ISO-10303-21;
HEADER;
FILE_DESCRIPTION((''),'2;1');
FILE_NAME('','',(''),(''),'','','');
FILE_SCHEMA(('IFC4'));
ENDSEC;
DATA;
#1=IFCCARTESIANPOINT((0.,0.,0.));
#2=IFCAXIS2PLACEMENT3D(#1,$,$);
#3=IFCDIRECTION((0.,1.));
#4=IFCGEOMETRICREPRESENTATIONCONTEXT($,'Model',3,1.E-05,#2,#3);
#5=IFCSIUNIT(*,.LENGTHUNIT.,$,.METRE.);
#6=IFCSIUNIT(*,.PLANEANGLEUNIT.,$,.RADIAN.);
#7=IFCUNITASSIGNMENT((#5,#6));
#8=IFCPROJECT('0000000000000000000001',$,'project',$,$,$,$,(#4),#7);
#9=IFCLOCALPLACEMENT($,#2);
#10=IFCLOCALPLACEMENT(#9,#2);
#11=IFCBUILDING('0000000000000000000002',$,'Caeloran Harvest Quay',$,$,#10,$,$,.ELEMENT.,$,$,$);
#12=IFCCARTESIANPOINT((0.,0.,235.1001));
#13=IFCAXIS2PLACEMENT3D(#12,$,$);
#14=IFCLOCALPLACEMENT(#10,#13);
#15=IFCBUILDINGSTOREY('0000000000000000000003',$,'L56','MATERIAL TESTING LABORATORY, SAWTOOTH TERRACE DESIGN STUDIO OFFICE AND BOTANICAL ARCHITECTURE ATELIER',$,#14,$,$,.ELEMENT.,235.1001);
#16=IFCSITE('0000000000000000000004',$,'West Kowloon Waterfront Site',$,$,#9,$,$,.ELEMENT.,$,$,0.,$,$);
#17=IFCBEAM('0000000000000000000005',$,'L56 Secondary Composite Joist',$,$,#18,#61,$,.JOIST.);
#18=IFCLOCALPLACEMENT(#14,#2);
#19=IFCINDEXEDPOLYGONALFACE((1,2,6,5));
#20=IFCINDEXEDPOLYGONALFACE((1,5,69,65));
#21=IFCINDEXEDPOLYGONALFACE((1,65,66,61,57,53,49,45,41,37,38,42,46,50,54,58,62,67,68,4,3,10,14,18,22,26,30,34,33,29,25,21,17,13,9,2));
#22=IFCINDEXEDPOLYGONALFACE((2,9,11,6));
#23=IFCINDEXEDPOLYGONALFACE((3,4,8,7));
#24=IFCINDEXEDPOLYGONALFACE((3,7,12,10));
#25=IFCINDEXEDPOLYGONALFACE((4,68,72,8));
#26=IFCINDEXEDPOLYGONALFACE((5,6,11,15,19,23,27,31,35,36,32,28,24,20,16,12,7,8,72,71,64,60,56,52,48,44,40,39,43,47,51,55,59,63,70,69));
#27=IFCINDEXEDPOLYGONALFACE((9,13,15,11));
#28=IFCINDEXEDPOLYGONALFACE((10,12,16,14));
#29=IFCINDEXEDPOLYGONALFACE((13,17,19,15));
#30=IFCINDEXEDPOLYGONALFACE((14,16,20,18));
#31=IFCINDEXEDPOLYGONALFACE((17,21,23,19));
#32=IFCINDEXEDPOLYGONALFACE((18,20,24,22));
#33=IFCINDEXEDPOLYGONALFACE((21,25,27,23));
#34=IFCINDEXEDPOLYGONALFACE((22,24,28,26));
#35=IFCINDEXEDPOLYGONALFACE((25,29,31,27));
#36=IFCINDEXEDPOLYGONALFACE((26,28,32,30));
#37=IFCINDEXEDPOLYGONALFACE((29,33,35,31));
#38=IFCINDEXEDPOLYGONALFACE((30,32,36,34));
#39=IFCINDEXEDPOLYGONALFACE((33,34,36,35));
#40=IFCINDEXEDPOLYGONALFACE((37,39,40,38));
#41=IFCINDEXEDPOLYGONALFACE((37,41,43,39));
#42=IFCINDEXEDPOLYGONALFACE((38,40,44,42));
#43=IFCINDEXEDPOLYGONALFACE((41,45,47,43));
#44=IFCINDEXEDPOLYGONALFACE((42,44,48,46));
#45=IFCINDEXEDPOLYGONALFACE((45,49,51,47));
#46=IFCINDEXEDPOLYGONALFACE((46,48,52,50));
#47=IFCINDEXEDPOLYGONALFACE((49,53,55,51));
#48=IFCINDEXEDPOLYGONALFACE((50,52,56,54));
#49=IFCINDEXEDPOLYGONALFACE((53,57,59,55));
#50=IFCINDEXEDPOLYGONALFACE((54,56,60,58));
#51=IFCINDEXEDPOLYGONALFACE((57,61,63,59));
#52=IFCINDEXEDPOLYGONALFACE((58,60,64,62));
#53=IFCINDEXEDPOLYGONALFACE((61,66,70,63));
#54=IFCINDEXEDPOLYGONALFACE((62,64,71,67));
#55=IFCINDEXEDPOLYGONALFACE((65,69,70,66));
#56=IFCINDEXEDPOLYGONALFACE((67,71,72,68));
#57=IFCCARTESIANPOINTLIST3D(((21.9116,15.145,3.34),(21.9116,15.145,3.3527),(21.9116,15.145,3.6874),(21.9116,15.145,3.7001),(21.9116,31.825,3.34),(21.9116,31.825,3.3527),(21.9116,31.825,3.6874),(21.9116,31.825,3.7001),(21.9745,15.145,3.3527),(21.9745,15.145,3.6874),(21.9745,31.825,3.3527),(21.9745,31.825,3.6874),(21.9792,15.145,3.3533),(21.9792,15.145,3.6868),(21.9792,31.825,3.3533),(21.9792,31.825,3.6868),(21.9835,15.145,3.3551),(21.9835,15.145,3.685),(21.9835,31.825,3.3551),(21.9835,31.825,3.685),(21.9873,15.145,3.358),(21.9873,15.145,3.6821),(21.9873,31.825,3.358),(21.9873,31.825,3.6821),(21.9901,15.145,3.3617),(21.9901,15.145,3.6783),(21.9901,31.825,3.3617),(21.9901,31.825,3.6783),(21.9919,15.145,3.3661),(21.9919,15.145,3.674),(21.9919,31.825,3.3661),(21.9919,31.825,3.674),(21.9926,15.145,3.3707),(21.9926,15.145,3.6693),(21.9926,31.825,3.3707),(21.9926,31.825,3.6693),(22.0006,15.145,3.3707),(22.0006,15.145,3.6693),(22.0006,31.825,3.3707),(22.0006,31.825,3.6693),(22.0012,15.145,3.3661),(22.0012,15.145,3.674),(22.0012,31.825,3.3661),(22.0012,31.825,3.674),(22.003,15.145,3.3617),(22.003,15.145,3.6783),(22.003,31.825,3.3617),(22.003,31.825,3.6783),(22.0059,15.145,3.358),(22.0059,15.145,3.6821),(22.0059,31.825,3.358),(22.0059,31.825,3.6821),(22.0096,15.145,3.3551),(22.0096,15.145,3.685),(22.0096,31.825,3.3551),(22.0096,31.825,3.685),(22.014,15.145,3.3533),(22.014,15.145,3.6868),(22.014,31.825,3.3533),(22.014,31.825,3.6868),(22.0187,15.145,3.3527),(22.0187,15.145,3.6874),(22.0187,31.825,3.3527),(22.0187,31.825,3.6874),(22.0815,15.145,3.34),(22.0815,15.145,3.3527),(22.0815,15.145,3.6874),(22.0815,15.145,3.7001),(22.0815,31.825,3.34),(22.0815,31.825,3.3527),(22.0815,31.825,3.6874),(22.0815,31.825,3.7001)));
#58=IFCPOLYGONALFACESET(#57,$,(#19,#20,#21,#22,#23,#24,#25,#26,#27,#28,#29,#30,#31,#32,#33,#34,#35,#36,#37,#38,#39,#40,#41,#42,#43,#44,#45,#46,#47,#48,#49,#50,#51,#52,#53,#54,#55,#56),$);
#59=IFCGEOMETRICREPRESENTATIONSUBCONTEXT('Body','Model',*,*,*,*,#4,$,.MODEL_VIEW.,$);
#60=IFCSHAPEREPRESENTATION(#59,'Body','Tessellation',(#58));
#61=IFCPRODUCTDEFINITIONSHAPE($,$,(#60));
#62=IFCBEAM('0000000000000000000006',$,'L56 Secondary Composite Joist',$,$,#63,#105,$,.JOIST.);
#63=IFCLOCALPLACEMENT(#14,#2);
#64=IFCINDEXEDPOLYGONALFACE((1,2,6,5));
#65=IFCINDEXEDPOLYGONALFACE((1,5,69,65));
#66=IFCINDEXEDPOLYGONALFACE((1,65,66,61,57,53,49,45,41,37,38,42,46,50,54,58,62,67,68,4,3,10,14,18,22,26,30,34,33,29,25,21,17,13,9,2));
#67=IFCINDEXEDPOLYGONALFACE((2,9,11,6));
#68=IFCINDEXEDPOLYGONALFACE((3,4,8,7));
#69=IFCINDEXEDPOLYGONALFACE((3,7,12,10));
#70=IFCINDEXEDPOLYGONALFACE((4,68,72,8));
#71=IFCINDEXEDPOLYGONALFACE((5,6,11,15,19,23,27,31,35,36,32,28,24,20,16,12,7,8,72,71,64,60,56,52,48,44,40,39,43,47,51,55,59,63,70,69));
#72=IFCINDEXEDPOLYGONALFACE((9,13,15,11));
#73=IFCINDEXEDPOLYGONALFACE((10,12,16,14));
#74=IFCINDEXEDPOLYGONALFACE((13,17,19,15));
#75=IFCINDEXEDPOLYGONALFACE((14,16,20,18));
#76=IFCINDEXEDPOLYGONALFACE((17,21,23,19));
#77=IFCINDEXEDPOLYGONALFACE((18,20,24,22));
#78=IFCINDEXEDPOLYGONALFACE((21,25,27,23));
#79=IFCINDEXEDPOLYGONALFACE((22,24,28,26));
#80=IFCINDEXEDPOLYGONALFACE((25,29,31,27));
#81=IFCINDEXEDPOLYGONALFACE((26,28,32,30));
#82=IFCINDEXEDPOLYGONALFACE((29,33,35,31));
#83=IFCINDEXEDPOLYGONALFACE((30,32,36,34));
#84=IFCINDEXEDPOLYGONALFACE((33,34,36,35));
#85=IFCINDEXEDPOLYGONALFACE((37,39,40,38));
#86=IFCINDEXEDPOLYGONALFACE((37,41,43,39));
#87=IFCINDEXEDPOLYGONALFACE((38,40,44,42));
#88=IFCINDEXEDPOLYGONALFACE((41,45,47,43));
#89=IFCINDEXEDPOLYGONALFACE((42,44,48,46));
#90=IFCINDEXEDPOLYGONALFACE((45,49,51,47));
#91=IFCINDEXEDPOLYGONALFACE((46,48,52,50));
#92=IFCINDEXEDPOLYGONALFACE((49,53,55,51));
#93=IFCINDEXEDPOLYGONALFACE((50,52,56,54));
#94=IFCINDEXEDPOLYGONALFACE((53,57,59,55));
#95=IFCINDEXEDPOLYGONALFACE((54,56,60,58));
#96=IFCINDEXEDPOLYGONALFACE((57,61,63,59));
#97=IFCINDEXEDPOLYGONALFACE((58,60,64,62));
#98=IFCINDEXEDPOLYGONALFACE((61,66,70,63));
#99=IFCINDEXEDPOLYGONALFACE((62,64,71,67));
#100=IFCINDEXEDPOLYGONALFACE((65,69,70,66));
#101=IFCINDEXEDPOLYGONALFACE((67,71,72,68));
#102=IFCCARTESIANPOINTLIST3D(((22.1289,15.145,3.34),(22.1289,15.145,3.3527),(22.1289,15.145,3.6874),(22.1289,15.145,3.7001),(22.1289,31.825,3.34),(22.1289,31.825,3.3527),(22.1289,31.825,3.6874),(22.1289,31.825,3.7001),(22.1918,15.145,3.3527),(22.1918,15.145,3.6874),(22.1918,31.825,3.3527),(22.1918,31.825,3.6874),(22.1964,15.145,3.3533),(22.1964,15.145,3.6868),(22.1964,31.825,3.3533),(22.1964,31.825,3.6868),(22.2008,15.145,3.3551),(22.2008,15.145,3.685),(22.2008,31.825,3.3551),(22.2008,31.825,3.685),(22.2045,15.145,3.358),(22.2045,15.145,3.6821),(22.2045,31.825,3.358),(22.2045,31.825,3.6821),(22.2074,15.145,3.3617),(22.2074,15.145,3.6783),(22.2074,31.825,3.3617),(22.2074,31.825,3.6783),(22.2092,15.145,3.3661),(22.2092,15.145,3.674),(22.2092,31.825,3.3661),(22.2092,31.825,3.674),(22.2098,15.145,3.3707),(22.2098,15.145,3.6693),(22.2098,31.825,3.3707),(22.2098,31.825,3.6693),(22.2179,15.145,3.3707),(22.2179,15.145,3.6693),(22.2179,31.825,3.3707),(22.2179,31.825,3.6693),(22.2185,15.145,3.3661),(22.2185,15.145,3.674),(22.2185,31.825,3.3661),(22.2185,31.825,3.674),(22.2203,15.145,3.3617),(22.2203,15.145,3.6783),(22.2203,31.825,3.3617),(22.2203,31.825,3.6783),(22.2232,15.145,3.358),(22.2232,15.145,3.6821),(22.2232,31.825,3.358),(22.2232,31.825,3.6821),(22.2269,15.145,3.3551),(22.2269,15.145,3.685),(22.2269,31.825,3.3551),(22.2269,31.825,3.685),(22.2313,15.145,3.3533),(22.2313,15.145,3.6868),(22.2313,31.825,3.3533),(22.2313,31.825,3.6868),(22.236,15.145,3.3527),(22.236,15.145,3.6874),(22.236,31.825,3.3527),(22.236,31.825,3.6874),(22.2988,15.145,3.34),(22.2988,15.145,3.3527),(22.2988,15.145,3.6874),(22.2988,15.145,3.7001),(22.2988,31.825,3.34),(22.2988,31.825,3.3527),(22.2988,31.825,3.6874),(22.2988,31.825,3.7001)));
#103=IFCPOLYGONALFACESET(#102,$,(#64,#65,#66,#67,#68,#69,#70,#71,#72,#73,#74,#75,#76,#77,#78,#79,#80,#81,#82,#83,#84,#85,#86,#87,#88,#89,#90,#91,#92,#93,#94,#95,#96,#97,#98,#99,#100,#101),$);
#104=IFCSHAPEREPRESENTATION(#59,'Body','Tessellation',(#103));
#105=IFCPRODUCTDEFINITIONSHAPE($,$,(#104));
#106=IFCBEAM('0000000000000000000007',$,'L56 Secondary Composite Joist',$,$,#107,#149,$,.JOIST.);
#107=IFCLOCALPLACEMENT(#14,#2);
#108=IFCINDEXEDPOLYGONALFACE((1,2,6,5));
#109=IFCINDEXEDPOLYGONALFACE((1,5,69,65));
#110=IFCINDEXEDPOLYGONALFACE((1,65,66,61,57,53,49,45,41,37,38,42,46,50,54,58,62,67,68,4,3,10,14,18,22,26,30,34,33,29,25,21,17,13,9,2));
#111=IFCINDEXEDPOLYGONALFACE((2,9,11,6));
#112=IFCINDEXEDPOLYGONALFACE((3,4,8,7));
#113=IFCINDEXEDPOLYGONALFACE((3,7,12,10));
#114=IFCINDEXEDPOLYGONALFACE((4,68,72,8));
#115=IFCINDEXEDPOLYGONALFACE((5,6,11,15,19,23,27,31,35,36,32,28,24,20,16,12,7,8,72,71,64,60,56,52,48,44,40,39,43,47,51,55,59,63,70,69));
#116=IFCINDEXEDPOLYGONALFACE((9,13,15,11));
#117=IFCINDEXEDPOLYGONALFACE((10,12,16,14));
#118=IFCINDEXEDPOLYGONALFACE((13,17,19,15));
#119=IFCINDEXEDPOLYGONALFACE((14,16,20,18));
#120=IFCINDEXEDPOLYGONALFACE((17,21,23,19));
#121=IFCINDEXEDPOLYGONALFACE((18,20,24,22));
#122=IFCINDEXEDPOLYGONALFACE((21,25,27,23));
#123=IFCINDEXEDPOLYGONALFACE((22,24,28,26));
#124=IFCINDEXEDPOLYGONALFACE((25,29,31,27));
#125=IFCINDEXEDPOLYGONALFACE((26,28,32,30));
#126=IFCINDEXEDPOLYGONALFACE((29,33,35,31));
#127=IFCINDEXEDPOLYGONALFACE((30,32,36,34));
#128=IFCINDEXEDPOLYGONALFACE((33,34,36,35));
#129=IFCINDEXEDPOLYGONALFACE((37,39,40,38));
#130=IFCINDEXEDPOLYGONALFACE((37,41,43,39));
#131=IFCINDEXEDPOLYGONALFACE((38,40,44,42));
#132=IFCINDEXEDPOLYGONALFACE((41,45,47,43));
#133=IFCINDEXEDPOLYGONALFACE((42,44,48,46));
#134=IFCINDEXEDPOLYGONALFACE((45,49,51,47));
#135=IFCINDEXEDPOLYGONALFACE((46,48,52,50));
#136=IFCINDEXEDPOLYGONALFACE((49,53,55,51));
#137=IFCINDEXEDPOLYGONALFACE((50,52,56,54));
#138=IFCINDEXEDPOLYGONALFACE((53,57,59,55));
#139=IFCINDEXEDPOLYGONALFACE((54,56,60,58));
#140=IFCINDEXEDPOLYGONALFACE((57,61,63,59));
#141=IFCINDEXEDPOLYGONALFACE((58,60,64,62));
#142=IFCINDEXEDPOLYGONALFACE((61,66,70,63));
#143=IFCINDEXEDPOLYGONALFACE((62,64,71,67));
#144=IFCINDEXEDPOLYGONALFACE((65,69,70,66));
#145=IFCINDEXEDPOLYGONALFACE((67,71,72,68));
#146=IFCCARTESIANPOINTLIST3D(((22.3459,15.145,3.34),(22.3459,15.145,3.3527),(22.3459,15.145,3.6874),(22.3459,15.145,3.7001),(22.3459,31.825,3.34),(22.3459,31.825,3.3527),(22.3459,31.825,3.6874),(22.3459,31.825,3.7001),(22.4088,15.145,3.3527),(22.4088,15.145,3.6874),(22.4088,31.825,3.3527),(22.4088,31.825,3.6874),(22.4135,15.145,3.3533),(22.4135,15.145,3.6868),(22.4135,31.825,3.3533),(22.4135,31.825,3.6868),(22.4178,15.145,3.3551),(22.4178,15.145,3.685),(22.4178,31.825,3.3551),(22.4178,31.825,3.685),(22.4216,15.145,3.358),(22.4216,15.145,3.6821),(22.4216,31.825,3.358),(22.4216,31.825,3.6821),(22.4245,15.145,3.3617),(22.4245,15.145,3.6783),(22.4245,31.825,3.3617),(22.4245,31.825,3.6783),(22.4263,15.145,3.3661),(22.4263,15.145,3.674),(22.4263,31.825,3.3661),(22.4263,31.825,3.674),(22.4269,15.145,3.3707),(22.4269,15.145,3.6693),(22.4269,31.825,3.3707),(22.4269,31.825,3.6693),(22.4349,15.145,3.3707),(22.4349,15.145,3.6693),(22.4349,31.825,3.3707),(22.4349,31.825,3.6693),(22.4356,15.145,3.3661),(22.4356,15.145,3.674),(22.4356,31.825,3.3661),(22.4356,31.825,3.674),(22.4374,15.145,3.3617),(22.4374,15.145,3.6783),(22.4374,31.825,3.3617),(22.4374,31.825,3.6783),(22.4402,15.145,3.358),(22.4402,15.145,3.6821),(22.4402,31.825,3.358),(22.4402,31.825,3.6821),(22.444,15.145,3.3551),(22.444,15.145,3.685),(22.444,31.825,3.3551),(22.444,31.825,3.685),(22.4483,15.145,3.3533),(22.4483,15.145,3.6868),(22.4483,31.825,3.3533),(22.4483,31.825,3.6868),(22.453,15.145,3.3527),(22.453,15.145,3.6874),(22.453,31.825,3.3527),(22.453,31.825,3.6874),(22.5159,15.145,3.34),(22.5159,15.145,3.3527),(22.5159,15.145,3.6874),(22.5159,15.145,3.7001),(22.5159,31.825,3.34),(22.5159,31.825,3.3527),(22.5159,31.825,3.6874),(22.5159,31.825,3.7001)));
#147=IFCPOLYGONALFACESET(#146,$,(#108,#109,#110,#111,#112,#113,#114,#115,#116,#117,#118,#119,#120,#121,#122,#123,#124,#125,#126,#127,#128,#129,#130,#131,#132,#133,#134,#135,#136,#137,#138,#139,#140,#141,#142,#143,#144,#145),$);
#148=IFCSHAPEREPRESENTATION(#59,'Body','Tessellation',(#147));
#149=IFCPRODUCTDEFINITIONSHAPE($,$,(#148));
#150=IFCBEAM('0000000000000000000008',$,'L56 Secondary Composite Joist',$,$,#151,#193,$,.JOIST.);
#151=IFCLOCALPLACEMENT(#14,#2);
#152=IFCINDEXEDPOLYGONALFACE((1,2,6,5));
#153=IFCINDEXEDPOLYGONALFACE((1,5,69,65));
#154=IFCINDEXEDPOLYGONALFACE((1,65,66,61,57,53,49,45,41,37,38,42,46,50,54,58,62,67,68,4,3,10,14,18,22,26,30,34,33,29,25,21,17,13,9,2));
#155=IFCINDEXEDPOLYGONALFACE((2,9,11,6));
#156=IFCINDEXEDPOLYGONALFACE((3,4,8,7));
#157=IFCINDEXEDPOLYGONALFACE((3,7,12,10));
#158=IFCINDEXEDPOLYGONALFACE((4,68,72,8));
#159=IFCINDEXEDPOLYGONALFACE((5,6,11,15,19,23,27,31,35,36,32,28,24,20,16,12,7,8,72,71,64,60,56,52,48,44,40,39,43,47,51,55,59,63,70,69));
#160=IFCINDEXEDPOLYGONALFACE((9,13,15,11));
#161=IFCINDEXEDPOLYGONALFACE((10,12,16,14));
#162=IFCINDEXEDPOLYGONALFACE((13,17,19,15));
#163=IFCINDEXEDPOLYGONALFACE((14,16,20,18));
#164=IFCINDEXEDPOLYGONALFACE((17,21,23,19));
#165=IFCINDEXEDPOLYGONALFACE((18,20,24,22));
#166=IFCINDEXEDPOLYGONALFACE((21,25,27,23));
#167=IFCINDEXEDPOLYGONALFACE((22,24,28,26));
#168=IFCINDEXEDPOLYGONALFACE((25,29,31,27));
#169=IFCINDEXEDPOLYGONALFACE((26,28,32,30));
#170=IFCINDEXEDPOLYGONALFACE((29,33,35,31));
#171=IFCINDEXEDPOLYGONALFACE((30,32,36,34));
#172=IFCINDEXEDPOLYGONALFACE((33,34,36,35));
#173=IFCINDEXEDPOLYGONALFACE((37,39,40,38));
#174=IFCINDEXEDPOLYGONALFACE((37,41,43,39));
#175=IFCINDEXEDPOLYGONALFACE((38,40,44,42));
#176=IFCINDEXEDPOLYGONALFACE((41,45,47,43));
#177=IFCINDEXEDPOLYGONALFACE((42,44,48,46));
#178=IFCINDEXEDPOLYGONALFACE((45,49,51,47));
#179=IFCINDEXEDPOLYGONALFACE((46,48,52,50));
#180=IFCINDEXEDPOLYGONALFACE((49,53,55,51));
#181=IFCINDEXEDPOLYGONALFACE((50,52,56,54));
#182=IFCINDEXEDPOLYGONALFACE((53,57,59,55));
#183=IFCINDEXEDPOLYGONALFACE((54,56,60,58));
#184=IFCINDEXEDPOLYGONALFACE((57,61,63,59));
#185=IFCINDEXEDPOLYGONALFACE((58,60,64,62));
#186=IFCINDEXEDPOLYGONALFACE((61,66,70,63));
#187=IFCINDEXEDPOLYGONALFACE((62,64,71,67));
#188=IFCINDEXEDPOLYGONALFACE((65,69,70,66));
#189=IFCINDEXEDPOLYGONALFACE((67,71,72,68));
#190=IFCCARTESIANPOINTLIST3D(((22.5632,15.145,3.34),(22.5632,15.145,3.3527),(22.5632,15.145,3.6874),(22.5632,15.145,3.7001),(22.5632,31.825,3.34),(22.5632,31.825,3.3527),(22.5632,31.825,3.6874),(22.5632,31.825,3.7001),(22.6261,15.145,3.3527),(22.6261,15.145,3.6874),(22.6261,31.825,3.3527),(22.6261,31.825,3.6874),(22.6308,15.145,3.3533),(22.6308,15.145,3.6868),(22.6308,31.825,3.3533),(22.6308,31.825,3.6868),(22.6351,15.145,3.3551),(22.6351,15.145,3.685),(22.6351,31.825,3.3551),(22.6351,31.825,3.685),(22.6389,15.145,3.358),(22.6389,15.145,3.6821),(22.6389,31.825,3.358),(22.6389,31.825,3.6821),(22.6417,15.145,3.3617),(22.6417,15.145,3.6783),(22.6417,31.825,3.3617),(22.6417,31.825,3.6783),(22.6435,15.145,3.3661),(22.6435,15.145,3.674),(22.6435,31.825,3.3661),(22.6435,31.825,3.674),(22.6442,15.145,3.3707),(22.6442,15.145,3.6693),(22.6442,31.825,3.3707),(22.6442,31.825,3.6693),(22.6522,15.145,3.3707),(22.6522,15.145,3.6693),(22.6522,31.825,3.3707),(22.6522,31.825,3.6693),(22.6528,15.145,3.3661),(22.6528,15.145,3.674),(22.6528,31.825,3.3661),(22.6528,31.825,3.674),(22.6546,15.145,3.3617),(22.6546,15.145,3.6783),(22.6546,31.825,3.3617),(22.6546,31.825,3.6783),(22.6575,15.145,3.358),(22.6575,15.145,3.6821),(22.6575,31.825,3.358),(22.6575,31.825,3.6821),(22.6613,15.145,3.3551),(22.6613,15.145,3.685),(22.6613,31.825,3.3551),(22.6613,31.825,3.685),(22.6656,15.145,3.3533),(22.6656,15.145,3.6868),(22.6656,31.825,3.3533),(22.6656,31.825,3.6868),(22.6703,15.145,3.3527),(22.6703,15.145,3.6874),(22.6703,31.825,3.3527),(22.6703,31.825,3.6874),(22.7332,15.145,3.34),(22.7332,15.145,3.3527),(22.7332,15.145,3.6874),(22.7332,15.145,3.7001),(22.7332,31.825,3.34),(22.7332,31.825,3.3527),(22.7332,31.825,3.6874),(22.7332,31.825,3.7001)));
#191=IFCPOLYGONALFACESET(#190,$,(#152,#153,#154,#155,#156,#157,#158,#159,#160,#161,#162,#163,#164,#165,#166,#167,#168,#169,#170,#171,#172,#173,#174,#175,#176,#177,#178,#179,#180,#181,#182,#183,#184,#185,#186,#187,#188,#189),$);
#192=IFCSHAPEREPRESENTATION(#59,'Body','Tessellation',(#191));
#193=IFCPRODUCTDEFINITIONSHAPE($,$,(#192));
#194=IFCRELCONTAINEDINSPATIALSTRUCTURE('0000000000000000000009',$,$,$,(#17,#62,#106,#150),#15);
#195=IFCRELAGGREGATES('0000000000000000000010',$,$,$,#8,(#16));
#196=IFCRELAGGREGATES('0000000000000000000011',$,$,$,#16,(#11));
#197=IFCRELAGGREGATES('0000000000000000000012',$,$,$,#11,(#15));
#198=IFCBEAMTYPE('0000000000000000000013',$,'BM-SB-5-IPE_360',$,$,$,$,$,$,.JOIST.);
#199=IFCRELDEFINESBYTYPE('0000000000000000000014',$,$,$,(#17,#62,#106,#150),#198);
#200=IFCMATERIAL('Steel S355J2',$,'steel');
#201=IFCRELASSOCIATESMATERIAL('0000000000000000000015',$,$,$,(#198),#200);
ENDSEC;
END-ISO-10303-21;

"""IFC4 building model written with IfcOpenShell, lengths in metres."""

from ifc_helpers import new_model, si_unit, direction, frame, origin, origin_2d, place, context, subcontext, project, spatial, i_section, extrude, material, material_profile, profile_set, type_object, element, save


model = new_model("IFC4")

# Units and contexts
model_context = context("Model", 3, precision=1e-05, world=origin(), true_north=direction((0.0, 1.0)))
body_context = subcontext(model_context, "Body", "Model", "MODEL_VIEW")
ifc_project = project(units=[si_unit("LENGTHUNIT", "METRE"), si_unit("PLANEANGLEUNIT", "RADIAN")], contexts=[model_context])

# Site, building, storey
site_placement = place(None, origin())
site = spatial("IfcSite", under=ifc_project, at=site_placement, Name="West Kowloon Waterfront Site", CompositionType="ELEMENT", RefElevation=0.0)
building_placement = place(site_placement, origin())
building = spatial("IfcBuilding", under=site, at=building_placement, Name="Caeloran Harvest Quay", CompositionType="ELEMENT")
storey_placement = place(building_placement, frame((0.0, 0.0, 235.1001)))
storey = spatial("IfcBuildingStorey", under=building, at=storey_placement, Name="L56", Description="MATERIAL TESTING LABORATORY, SAWTOOTH TERRACE DESIGN STUDIO OFFICE AND BOTANICAL ARCHITECTURE ATELIER", CompositionType="ELEMENT", Elevation=235.1001)

# Beams
ifc_material_1 = material(Name="Steel S355J2", Category="steel")
ifc_material_profile_1 = material_profile(ifc_material_1, i_section(OverallWidth=0.1699, OverallDepth=0.3601, WebThickness=0.0081, FlangeThickness=0.0127, FilletRadius=0.0181, at=origin_2d()), Name="IPE 360")
ifc_profile_set_1 = profile_set([ifc_material_profile_1], Name="Steel S355J2")
beam_type_1 = type_object("IfcBeamType", Name="BM-SB-5-IPE_360", PredefinedType="JOIST", material=ifc_profile_set_1)
for number, where, z_axis, x_axis, name in (
    (1, (21.9966, 15.145, 3.52), (0.0, 1.0, 0.0), (-1.0, 0.0, 0.0), "L56 Secondary Composite Joist"),
    (2, (22.2139, 15.145, 3.52), (0.0, 1.0, 0.0), (-1.0, 0.0, 0.0), "L56 Secondary Composite Joist"),
    (3, (22.4309, 15.145, 3.52), (0.0, 1.0, 0.0), (-1.0, 0.0, 0.0), "L56 Secondary Composite Joist"),
    (4, (22.6482, 15.145, 3.52), (0.0, 1.0, 0.0), (-1.0, 0.0, 0.0), "L56 Secondary Composite Joist"),
):
    element("IfcBeam", number, at=place(storey_placement, frame(where, z_axis=z_axis, x_axis=x_axis)), inside=storey, type_object=beam_type_1, Name=name, PredefinedType="JOIST", context=body_context, shape_type="SweptSolid", body=[
        extrude(i_section(OverallWidth=0.1699, OverallDepth=0.3601, WebThickness=0.0081, FlangeThickness=0.0127, FilletRadius=0.0181, at=origin_2d()), origin(), (0.0, 0.0, 1.0), 16.6799),
    ])

save(model, "model.ifc")
